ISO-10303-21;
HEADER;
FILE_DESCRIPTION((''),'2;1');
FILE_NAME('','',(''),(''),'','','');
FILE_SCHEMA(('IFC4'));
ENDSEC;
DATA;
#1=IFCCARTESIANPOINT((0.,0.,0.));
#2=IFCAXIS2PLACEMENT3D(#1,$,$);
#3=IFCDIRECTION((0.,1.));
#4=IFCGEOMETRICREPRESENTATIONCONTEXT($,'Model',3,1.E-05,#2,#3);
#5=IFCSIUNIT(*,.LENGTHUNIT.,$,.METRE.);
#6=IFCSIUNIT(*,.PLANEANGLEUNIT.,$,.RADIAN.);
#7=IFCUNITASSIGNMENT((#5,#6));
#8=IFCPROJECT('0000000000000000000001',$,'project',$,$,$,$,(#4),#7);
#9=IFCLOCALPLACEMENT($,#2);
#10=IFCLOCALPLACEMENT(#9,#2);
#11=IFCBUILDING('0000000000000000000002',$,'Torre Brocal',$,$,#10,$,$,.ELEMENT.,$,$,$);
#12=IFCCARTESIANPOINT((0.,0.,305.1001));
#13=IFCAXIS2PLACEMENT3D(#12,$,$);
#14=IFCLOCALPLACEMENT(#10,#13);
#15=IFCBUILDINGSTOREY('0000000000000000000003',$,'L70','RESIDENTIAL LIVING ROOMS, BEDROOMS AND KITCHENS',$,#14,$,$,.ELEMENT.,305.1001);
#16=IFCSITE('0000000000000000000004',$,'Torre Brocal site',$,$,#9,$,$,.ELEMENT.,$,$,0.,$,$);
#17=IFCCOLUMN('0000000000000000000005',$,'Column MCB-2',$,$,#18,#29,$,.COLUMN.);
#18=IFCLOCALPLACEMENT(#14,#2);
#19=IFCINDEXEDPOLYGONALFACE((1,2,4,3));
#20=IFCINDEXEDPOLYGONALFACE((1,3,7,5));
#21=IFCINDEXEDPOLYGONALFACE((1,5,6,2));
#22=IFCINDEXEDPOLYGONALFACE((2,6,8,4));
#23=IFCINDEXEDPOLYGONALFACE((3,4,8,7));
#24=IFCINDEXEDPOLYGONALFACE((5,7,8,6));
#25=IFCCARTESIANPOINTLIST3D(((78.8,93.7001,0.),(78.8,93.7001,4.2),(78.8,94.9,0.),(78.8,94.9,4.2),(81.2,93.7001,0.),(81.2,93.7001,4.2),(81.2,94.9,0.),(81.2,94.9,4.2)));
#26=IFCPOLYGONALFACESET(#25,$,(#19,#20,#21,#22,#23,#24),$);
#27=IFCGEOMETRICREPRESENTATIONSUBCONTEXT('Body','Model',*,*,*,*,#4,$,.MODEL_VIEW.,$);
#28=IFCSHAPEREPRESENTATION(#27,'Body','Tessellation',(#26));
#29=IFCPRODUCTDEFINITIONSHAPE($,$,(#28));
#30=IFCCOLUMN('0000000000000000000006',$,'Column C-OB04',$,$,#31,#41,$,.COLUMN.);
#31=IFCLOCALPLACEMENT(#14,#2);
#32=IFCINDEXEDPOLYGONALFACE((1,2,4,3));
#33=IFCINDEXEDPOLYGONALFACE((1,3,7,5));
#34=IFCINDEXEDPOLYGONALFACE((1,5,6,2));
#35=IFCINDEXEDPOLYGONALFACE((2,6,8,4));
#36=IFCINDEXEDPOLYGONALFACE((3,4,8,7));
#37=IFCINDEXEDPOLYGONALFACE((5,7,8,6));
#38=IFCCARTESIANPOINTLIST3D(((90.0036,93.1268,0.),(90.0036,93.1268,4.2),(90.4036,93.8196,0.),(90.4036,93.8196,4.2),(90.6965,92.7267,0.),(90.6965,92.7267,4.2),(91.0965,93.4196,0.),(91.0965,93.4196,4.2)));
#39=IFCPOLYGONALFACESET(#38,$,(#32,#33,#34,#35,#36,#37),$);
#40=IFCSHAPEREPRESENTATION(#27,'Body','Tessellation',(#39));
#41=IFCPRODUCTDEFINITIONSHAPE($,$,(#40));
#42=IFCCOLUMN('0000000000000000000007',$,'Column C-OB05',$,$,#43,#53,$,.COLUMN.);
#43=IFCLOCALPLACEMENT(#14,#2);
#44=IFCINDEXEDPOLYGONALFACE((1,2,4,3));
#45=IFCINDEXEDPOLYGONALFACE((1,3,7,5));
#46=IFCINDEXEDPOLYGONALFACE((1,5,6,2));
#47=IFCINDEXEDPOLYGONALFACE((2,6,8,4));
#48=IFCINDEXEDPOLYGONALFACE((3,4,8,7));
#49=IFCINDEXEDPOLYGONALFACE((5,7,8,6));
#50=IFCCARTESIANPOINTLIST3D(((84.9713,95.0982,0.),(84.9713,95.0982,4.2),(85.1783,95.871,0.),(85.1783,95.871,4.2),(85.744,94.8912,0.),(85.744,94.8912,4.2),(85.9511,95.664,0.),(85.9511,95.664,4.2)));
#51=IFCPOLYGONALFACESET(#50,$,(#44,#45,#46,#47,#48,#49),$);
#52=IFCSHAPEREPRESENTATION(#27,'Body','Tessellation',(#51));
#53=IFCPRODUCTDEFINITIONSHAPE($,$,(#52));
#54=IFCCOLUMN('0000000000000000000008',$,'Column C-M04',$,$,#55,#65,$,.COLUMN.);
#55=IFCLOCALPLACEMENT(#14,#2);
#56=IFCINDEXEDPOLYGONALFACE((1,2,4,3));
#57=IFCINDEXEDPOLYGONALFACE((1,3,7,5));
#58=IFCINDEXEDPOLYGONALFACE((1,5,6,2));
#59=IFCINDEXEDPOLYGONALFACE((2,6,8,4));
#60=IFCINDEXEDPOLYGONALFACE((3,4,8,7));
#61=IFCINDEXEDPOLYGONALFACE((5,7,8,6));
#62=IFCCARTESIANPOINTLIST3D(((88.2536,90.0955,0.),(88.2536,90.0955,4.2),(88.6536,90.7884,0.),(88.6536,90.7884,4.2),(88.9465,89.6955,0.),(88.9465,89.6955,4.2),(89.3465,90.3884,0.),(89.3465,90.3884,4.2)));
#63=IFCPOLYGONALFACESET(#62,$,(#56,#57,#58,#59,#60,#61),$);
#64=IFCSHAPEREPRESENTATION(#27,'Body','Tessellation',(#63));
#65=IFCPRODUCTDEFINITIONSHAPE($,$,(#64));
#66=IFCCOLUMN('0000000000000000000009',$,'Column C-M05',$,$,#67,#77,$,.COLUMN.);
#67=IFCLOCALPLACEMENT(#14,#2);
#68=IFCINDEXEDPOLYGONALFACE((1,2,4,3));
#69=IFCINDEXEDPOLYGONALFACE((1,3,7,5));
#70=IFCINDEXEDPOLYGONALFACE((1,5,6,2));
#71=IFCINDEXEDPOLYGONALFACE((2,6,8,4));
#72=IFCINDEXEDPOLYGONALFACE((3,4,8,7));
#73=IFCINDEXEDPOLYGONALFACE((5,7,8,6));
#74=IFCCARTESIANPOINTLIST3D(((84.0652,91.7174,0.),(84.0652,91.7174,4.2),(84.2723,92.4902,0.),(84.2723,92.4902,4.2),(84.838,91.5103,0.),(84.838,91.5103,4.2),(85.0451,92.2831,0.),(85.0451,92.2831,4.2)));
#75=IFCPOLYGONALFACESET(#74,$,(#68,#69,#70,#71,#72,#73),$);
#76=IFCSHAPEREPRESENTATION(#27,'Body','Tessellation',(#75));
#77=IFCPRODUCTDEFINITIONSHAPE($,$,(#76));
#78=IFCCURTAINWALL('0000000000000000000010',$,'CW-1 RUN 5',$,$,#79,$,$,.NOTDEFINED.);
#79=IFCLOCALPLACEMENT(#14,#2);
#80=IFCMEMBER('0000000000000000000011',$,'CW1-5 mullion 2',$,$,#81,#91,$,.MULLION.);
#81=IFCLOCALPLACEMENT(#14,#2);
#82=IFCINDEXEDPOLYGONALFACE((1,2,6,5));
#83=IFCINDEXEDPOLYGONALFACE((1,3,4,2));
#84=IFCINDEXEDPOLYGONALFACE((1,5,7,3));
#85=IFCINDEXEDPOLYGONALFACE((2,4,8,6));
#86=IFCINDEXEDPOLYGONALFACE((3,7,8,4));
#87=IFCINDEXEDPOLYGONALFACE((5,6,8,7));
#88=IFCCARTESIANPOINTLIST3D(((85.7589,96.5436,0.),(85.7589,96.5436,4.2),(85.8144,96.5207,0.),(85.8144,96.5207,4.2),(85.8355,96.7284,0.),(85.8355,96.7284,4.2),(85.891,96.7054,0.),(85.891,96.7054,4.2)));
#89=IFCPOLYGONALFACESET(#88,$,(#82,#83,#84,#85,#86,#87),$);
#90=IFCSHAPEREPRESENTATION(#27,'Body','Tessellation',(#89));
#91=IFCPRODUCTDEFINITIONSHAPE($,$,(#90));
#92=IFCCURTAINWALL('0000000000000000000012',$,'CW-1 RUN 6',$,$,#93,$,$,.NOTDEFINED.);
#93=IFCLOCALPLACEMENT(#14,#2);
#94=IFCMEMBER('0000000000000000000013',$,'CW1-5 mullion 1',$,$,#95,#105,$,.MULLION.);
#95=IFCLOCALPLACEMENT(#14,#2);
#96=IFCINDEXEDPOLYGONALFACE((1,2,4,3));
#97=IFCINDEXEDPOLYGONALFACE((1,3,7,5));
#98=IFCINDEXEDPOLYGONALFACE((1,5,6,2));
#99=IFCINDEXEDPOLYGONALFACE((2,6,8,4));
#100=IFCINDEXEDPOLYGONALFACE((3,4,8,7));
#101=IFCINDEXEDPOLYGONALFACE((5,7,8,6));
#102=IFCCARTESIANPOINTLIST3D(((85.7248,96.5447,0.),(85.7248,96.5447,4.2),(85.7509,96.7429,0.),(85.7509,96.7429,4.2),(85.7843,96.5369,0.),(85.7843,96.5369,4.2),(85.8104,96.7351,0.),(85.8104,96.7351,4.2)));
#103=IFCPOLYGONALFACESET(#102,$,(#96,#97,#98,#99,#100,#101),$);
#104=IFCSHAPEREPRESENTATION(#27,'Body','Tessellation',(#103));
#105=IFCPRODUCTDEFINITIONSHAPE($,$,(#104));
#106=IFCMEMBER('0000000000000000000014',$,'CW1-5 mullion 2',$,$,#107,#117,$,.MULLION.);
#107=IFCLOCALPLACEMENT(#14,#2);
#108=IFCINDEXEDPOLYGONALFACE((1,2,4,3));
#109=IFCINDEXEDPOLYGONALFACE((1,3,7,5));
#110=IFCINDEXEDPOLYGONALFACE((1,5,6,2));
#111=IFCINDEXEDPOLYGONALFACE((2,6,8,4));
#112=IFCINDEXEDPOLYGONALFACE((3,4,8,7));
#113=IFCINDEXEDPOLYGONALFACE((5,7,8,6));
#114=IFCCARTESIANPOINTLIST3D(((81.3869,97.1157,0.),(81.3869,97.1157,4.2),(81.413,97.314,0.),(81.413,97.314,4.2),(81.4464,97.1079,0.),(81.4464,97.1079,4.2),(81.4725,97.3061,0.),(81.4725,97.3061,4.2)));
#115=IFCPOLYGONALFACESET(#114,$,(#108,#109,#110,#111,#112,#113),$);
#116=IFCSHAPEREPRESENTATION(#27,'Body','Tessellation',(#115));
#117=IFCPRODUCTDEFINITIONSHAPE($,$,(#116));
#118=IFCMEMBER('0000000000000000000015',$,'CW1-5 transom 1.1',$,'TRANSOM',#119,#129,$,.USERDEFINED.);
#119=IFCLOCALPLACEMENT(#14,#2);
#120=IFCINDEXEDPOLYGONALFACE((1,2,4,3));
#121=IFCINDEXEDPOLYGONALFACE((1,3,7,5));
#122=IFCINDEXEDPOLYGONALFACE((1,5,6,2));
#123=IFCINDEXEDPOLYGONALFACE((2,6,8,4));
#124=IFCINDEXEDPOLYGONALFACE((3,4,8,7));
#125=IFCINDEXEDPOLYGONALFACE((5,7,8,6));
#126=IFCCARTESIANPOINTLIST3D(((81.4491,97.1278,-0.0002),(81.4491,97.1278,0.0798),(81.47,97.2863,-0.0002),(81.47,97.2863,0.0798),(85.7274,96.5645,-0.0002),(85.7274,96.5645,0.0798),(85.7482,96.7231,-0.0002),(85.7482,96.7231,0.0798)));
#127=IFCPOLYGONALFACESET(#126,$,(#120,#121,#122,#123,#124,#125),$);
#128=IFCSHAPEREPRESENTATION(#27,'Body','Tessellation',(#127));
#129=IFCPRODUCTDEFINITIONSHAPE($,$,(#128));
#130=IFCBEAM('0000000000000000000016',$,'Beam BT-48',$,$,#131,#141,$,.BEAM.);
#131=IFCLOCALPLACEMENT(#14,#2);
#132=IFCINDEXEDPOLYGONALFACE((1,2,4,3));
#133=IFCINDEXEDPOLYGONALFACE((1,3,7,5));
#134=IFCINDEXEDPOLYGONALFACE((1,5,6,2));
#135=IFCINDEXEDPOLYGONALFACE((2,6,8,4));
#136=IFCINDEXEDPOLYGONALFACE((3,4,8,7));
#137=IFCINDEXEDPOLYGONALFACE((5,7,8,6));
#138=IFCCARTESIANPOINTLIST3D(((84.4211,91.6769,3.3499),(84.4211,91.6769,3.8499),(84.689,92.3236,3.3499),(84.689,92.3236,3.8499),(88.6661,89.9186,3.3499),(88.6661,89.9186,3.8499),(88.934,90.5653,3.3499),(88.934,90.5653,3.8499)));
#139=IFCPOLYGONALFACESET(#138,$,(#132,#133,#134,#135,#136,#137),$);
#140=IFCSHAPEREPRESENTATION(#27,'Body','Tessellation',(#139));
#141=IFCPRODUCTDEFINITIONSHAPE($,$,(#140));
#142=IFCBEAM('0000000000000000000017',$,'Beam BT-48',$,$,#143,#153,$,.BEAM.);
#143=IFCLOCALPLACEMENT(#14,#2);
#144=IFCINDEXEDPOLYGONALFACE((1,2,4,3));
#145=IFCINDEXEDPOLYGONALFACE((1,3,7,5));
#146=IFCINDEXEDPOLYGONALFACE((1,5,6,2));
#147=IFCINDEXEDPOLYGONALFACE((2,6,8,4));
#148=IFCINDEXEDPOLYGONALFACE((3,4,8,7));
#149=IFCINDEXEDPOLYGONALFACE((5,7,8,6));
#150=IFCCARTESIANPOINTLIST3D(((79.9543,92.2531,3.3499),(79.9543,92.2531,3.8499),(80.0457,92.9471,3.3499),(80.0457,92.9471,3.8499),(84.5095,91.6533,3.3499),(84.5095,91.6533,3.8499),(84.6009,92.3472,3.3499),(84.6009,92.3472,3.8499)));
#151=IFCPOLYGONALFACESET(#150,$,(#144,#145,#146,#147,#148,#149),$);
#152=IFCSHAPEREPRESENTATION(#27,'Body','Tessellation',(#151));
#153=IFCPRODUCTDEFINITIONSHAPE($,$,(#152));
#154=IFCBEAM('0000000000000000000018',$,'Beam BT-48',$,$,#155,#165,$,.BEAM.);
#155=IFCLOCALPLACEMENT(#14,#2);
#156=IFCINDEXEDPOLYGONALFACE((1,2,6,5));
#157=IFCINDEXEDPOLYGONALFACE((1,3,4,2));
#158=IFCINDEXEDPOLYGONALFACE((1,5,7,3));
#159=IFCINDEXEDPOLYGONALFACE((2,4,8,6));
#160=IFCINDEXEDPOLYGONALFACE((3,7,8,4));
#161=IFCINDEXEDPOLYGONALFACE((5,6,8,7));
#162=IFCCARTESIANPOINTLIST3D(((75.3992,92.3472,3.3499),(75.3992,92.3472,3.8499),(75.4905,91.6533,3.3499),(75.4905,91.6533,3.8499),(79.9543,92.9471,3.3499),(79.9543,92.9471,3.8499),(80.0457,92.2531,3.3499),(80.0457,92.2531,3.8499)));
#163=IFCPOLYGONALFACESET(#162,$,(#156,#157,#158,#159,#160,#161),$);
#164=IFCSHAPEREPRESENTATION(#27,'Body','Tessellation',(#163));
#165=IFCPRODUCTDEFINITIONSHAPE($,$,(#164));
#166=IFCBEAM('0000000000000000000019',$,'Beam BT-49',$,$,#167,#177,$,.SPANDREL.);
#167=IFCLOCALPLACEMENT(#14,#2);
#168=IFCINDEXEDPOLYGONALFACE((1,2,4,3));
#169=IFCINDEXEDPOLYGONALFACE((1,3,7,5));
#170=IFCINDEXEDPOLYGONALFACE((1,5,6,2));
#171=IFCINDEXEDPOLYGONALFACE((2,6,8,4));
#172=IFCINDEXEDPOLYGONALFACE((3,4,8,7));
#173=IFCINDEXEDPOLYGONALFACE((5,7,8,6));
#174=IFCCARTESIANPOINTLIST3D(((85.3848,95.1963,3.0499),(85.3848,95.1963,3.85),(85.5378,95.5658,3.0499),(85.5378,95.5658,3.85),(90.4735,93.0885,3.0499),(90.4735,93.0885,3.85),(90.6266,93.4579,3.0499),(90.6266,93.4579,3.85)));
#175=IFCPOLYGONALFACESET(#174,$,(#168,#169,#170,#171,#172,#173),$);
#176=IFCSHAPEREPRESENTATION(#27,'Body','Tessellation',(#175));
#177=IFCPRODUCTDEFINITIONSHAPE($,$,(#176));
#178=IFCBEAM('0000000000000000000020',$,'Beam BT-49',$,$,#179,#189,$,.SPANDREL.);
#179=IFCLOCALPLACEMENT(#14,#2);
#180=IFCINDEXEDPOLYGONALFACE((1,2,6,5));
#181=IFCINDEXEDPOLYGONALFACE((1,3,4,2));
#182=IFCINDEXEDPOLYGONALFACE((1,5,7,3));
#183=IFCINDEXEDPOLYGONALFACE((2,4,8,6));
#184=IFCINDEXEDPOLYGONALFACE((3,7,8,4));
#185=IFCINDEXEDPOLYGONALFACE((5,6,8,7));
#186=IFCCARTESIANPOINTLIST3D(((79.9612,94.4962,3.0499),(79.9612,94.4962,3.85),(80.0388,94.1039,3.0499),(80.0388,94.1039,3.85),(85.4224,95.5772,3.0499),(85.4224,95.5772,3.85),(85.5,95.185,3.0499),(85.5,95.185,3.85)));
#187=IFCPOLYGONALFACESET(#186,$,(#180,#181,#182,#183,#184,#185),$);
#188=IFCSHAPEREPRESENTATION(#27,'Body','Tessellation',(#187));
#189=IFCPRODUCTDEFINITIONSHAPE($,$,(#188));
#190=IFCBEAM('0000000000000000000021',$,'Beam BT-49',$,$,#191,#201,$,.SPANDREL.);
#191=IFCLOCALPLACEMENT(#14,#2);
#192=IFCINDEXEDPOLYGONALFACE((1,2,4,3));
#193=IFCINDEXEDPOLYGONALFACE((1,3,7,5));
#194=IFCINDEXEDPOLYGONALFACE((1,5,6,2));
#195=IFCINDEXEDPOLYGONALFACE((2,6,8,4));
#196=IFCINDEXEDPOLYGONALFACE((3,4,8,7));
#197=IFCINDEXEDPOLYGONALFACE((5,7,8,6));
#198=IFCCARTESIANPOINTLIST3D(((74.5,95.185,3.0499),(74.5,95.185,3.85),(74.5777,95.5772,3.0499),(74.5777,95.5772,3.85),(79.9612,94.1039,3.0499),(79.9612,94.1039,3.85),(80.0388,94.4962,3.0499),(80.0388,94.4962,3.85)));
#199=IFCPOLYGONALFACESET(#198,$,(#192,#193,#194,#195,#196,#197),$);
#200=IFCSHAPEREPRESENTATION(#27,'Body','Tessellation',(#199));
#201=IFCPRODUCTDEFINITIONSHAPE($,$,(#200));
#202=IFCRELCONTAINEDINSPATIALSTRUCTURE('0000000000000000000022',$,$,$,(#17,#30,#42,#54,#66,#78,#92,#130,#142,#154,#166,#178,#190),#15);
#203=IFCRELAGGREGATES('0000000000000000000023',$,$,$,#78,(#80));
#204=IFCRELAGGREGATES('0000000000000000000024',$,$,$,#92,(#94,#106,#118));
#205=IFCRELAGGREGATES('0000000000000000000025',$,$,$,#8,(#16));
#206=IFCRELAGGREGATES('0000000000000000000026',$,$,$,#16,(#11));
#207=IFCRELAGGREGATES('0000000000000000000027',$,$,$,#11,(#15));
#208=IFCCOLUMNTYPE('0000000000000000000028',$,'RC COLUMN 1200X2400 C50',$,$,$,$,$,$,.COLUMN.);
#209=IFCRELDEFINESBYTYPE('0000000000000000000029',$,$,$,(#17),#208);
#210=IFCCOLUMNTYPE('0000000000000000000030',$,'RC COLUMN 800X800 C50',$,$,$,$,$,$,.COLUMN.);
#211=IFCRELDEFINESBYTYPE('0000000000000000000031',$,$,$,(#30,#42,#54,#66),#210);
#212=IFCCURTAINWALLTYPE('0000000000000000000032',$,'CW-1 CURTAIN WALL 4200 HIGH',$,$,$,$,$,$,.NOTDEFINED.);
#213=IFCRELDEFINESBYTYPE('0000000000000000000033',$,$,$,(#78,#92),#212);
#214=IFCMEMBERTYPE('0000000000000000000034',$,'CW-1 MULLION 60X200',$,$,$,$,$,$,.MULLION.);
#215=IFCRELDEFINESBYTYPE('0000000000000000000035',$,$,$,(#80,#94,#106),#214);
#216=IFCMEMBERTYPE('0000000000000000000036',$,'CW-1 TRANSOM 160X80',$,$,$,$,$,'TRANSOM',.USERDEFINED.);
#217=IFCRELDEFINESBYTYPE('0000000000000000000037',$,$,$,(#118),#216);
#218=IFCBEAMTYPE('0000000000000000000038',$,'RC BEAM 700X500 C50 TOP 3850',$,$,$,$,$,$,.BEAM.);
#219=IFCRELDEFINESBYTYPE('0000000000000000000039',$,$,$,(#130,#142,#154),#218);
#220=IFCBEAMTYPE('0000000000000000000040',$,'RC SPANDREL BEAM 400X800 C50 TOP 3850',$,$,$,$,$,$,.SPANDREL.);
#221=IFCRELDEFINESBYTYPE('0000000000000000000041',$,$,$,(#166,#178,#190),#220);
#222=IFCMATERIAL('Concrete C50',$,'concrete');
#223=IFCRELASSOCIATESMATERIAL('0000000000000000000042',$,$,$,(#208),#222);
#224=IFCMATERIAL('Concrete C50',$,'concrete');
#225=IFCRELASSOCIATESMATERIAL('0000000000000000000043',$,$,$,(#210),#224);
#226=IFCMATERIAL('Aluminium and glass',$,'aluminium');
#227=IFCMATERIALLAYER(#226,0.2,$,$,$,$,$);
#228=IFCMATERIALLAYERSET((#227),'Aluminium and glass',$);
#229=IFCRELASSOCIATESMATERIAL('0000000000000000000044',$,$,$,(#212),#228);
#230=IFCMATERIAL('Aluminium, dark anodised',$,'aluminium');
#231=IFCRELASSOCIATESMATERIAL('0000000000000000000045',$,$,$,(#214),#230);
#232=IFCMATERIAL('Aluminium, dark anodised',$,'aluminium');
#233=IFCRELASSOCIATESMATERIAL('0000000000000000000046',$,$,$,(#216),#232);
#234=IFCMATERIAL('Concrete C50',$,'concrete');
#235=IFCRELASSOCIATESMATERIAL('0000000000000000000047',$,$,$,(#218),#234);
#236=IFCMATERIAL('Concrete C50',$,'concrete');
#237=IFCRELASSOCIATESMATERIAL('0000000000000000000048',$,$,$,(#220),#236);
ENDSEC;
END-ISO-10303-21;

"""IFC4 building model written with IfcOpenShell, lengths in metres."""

from ifc_helpers import new_model, si_unit, direction, frame, origin, origin_2d, place, context, subcontext, project, spatial, rectangle, extrude, material, layer, layer_set, material_profile, profile_set, type_object, element, aggregate, save


model = new_model("IFC4")

# Units and contexts
model_context = context("Model", 3, precision=1e-05, world=origin(), true_north=direction((0.0, 1.0)))
body_context = subcontext(model_context, "Body", "Model", "MODEL_VIEW")
ifc_project = project(units=[si_unit("LENGTHUNIT", "METRE"), si_unit("PLANEANGLEUNIT", "RADIAN")], contexts=[model_context])

# Site, building, storey
site_placement = place(None, origin())
site = spatial("IfcSite", under=ifc_project, at=site_placement, Name="Torre Brocal site", CompositionType="ELEMENT", RefElevation=0.0)
building_placement = place(site_placement, origin())
building = spatial("IfcBuilding", under=site, at=building_placement, Name="Torre Brocal", CompositionType="ELEMENT")
storey_placement = place(building_placement, frame((0.0, 0.0, 305.1001)))
storey = spatial("IfcBuildingStorey", under=building, at=storey_placement, Name="L70", Description="RESIDENTIAL LIVING ROOMS, BEDROOMS AND KITCHENS", CompositionType="ELEMENT", Elevation=305.1001)

# Columns
ifc_material_1 = material(Name="Concrete C50", Category="concrete")
ifc_material_profile_1 = material_profile(ifc_material_1, rectangle(XDim=1.2, YDim=2.3999, at=origin_2d()), Name="RC 1200X2400")
ifc_profile_set_1 = profile_set([ifc_material_profile_1], Name="Concrete C50")
column_type_1 = type_object("IfcColumnType", Name="RC COLUMN 1200X2400 C50", PredefinedType="COLUMN", material=ifc_profile_set_1)
column_placement = place(storey_placement, frame((80.0, 94.3, 0.0), z_axis=(0.0, 0.0, 1.0), x_axis=(0.0, 1.0, 0.0)))
element("IfcColumn", 1, at=column_placement, inside=storey, type_object=column_type_1, Name="Column MCB-2", PredefinedType="COLUMN", context=body_context, shape_type="SweptSolid", body=[
    extrude(rectangle(XDim=1.2, YDim=2.3999, at=origin_2d()), origin(), (0.0, 0.0, 1.0), 4.2),
])
ifc_material_2 = material(Name="Concrete C50", Category="concrete")
ifc_material_profile_2 = material_profile(ifc_material_2, rectangle(XDim=0.8, YDim=0.8, at=origin_2d()), Name="RC 800X800")
ifc_profile_set_2 = profile_set([ifc_material_profile_2], Name="Concrete C50")
column_type_2 = type_object("IfcColumnType", Name="RC COLUMN 800X800 C50", PredefinedType="COLUMN", material=ifc_profile_set_2)
for number, where, z_axis, x_axis, name in (
    (2, (90.55, 93.2732, 0.0), (0.0, 0.0, 1.0), (0.5, 0.866025, 0.0), "Column C-OB04"),
    (3, (85.4612, 95.3811, 0.0), (0.0, 0.0, 1.0), (0.258819, 0.965926, 0.0), "Column C-OB05"),
    (4, (88.8, 90.2419, 0.0), (0.0, 0.0, 1.0), (0.5, 0.866025, 0.0), "Column C-M04"),
    (5, (84.5552, 92.0002, 0.0), (0.0, 0.0, 1.0), (0.258819, 0.965926, 0.0), "Column C-M05"),
):
    element("IfcColumn", number, at=place(storey_placement, frame(where, z_axis=z_axis, x_axis=x_axis)), inside=storey, type_object=column_type_2, Name=name, PredefinedType="COLUMN", context=body_context, shape_type="SweptSolid", body=[
        extrude(rectangle(XDim=0.8, YDim=0.8, at=origin_2d()), origin(), (0.0, 0.0, 1.0), 4.2),
    ])

# Curtain wall, member
ifc_material_3 = material(Name="Aluminium and glass", Category="aluminium")
ifc_layer_1 = layer(ifc_material_3, 0.2)
ifc_layer_set_1 = layer_set([ifc_layer_1], Name="Aluminium and glass")
curtain_wall_type = type_object("IfcCurtainWallType", Name="CW-1 CURTAIN WALL 4200 HIGH", PredefinedType="NOTDEFINED", material=ifc_layer_set_1)
curtain_wall_1_placement = place(storey_placement, origin())
curtain_wall_1 = element("IfcCurtainWall", 6, at=curtain_wall_1_placement, inside=storey, type_object=curtain_wall_type, Name="CW-1 RUN 5", PredefinedType="NOTDEFINED")
ifc_material_4 = material(Name="Aluminium, dark anodised", Category="aluminium")
ifc_material_profile_3 = material_profile(ifc_material_4, rectangle(XDim=0.2, YDim=0.0601, at=origin_2d()), Name="CW-1 MULLION 60X200")
ifc_profile_set_3 = profile_set([ifc_material_profile_3], Name="Aluminium, dark anodised")
member_type_1 = type_object("IfcMemberType", Name="CW-1 MULLION 60X200", PredefinedType="MULLION", material=ifc_profile_set_3)
member_1_placement = place(storey_placement, frame((85.825, 96.6245, 0.0), z_axis=(0.0, 0.0, 1.0), x_axis=(-0.382683, -0.92388, 0.0)))
member_1 = element("IfcMember", 7, at=member_1_placement, type_object=member_type_1, Name="CW1-5 mullion 2", PredefinedType="MULLION", context=body_context, shape_type="SweptSolid", body=[
    extrude(rectangle(XDim=0.2, YDim=0.0601, at=origin_2d()), origin(), (0.0, 0.0, 1.0), 4.2),
])

# Curtain wall, members
curtain_wall_2_placement = place(storey_placement, origin())
curtain_wall_2 = element("IfcCurtainWall", 8, at=curtain_wall_2_placement, inside=storey, type_object=curtain_wall_type, Name="CW-1 RUN 6", PredefinedType="NOTDEFINED")
member_2_placement = place(storey_placement, frame((85.7676, 96.6399, 0.0), z_axis=(0.0, 0.0, 1.0), x_axis=(-0.130526, -0.991445, 0.0)))
member_2 = element("IfcMember", 9, at=member_2_placement, type_object=member_type_1, Name="CW1-5 mullion 1", PredefinedType="MULLION", context=body_context, shape_type="SweptSolid", body=[
    extrude(rectangle(XDim=0.2, YDim=0.0601, at=origin_2d()), origin(), (0.0, 0.0, 1.0), 4.2),
])
member_3_placement = place(storey_placement, frame((81.4297, 97.2109, 0.0), z_axis=(0.0, 0.0, 1.0), x_axis=(-0.130526, -0.991445, 0.0)))
member_3 = element("IfcMember", 10, at=member_3_placement, type_object=member_type_1, Name="CW1-5 mullion 2", PredefinedType="MULLION", context=body_context, shape_type="SweptSolid", body=[
    extrude(rectangle(XDim=0.2, YDim=0.0601, at=origin_2d()), origin(), (0.0, 0.0, 1.0), 4.2),
])
ifc_material_5 = material(Name="Aluminium, dark anodised", Category="aluminium")
ifc_material_profile_4 = material_profile(ifc_material_5, rectangle(XDim=0.1599, YDim=0.0801, at=origin_2d()), Name="CW-1 TRANSOM 160X80")
ifc_profile_set_4 = profile_set([ifc_material_profile_4], Name="Aluminium, dark anodised")
member_type_2 = type_object("IfcMemberType", Name="CW-1 TRANSOM 160X80", ElementType="TRANSOM", PredefinedType="USERDEFINED", material=ifc_profile_set_4)
member_4_placement = place(storey_placement, frame((85.7378, 96.6438, 0.0398), z_axis=(-0.991445, 0.130522, 0.0), x_axis=(-0.130522, -0.991445, 0.0)))
member_4 = element("IfcMember", 11, at=member_4_placement, type_object=member_type_2, Name="CW1-5 transom 1.1", ObjectType="TRANSOM", PredefinedType="USERDEFINED", context=body_context, shape_type="SweptSolid", body=[
    extrude(rectangle(XDim=0.1599, YDim=0.0801, at=origin_2d()), origin(), (0.0, 0.0, 1.0), 4.3152),
])

# Beams
ifc_material_6 = material(Name="Concrete C50", Category="concrete")
ifc_material_profile_5 = material_profile(ifc_material_6, rectangle(XDim=0.7, YDim=0.5, at=origin_2d()), Name="RC 700X500")
ifc_profile_set_5 = profile_set([ifc_material_profile_5], Name="Concrete C50")
beam_type_1 = type_object("IfcBeamType", Name="RC BEAM 700X500 C50 TOP 3850", PredefinedType="BEAM", material=ifc_profile_set_5)
beam_1_placement = place(storey_placement, frame((88.8, 90.2419, 3.5999), z_axis=(-0.923878, 0.382687, 0.0), x_axis=(-0.382687, -0.923878, 0.0)))
element("IfcBeam", 12, at=beam_1_placement, inside=storey, type_object=beam_type_1, Name="Beam BT-48", PredefinedType="BEAM", context=body_context, shape_type="SweptSolid", body=[
    extrude(rectangle(XDim=0.7, YDim=0.5, at=origin_2d()), origin(), (0.0, 0.0, 1.0), 4.5947),
])
for number, where, z_axis, x_axis, name in (
    (13, (84.5552, 92.0002, 3.5999), (-0.991441, 0.130559, 0.0), (-0.130559, -0.991441, 0.0), "Beam BT-48"),
    (14, (80.0, 92.6001, 3.5999), (-0.991441, -0.130559, 0.0), (0.130559, -0.991441, 0.0), "Beam BT-48"),
):
    element("IfcBeam", number, at=place(storey_placement, frame(where, z_axis=z_axis, x_axis=x_axis)), inside=storey, type_object=beam_type_1, Name=name, PredefinedType="BEAM", context=body_context, shape_type="SweptSolid", body=[
        extrude(rectangle(XDim=0.7, YDim=0.5, at=origin_2d()), origin(), (0.0, 0.0, 1.0), 4.5945),
    ])
ifc_material_7 = material(Name="Concrete C50", Category="concrete")
ifc_material_profile_6 = material_profile(ifc_material_7, rectangle(XDim=0.3999, YDim=0.8, at=origin_2d()), Name="RC 400X800")
ifc_profile_set_6 = profile_set([ifc_material_profile_6], Name="Concrete C50")
beam_type_2 = type_object("IfcBeamType", Name="RC SPANDREL BEAM 400X800 C50 TOP 3850", PredefinedType="SPANDREL", material=ifc_profile_set_6)
beam_2_placement = place(storey_placement, frame((90.55, 93.2732, 3.45), z_axis=(-0.923877, 0.382688, 0.0), x_axis=(-0.382688, -0.923877, 0.0)))
element("IfcBeam", 15, at=beam_2_placement, inside=storey, type_object=beam_type_2, Name="Beam BT-49", PredefinedType="SPANDREL", context=body_context, shape_type="SweptSolid", body=[
    extrude(rectangle(XDim=0.3999, YDim=0.8, at=origin_2d()), origin(), (0.0, 0.0, 1.0), 5.5081),
])
for number, where, z_axis, x_axis, name in (
    (16, (85.4612, 95.3811, 3.45), (-0.980965, -0.194185, 0.0), (0.194185, -0.980965, 0.0), "Beam BT-49"),
    (17, (80.0, 94.3, 3.45), (-0.980965, 0.194185, 0.0), (-0.194185, -0.980965, 0.0), "Beam BT-49"),
):
    element("IfcBeam", number, at=place(storey_placement, frame(where, z_axis=z_axis, x_axis=x_axis)), inside=storey, type_object=beam_type_2, Name=name, PredefinedType="SPANDREL", context=body_context, shape_type="SweptSolid", body=[
        extrude(rectangle(XDim=0.3999, YDim=0.8, at=origin_2d()), origin(), (0.0, 0.0, 1.0), 5.5671),
    ])

aggregate(curtain_wall_1, [member_1])
aggregate(curtain_wall_2, [member_2, member_3, member_4])

save(model, "model.ifc")
